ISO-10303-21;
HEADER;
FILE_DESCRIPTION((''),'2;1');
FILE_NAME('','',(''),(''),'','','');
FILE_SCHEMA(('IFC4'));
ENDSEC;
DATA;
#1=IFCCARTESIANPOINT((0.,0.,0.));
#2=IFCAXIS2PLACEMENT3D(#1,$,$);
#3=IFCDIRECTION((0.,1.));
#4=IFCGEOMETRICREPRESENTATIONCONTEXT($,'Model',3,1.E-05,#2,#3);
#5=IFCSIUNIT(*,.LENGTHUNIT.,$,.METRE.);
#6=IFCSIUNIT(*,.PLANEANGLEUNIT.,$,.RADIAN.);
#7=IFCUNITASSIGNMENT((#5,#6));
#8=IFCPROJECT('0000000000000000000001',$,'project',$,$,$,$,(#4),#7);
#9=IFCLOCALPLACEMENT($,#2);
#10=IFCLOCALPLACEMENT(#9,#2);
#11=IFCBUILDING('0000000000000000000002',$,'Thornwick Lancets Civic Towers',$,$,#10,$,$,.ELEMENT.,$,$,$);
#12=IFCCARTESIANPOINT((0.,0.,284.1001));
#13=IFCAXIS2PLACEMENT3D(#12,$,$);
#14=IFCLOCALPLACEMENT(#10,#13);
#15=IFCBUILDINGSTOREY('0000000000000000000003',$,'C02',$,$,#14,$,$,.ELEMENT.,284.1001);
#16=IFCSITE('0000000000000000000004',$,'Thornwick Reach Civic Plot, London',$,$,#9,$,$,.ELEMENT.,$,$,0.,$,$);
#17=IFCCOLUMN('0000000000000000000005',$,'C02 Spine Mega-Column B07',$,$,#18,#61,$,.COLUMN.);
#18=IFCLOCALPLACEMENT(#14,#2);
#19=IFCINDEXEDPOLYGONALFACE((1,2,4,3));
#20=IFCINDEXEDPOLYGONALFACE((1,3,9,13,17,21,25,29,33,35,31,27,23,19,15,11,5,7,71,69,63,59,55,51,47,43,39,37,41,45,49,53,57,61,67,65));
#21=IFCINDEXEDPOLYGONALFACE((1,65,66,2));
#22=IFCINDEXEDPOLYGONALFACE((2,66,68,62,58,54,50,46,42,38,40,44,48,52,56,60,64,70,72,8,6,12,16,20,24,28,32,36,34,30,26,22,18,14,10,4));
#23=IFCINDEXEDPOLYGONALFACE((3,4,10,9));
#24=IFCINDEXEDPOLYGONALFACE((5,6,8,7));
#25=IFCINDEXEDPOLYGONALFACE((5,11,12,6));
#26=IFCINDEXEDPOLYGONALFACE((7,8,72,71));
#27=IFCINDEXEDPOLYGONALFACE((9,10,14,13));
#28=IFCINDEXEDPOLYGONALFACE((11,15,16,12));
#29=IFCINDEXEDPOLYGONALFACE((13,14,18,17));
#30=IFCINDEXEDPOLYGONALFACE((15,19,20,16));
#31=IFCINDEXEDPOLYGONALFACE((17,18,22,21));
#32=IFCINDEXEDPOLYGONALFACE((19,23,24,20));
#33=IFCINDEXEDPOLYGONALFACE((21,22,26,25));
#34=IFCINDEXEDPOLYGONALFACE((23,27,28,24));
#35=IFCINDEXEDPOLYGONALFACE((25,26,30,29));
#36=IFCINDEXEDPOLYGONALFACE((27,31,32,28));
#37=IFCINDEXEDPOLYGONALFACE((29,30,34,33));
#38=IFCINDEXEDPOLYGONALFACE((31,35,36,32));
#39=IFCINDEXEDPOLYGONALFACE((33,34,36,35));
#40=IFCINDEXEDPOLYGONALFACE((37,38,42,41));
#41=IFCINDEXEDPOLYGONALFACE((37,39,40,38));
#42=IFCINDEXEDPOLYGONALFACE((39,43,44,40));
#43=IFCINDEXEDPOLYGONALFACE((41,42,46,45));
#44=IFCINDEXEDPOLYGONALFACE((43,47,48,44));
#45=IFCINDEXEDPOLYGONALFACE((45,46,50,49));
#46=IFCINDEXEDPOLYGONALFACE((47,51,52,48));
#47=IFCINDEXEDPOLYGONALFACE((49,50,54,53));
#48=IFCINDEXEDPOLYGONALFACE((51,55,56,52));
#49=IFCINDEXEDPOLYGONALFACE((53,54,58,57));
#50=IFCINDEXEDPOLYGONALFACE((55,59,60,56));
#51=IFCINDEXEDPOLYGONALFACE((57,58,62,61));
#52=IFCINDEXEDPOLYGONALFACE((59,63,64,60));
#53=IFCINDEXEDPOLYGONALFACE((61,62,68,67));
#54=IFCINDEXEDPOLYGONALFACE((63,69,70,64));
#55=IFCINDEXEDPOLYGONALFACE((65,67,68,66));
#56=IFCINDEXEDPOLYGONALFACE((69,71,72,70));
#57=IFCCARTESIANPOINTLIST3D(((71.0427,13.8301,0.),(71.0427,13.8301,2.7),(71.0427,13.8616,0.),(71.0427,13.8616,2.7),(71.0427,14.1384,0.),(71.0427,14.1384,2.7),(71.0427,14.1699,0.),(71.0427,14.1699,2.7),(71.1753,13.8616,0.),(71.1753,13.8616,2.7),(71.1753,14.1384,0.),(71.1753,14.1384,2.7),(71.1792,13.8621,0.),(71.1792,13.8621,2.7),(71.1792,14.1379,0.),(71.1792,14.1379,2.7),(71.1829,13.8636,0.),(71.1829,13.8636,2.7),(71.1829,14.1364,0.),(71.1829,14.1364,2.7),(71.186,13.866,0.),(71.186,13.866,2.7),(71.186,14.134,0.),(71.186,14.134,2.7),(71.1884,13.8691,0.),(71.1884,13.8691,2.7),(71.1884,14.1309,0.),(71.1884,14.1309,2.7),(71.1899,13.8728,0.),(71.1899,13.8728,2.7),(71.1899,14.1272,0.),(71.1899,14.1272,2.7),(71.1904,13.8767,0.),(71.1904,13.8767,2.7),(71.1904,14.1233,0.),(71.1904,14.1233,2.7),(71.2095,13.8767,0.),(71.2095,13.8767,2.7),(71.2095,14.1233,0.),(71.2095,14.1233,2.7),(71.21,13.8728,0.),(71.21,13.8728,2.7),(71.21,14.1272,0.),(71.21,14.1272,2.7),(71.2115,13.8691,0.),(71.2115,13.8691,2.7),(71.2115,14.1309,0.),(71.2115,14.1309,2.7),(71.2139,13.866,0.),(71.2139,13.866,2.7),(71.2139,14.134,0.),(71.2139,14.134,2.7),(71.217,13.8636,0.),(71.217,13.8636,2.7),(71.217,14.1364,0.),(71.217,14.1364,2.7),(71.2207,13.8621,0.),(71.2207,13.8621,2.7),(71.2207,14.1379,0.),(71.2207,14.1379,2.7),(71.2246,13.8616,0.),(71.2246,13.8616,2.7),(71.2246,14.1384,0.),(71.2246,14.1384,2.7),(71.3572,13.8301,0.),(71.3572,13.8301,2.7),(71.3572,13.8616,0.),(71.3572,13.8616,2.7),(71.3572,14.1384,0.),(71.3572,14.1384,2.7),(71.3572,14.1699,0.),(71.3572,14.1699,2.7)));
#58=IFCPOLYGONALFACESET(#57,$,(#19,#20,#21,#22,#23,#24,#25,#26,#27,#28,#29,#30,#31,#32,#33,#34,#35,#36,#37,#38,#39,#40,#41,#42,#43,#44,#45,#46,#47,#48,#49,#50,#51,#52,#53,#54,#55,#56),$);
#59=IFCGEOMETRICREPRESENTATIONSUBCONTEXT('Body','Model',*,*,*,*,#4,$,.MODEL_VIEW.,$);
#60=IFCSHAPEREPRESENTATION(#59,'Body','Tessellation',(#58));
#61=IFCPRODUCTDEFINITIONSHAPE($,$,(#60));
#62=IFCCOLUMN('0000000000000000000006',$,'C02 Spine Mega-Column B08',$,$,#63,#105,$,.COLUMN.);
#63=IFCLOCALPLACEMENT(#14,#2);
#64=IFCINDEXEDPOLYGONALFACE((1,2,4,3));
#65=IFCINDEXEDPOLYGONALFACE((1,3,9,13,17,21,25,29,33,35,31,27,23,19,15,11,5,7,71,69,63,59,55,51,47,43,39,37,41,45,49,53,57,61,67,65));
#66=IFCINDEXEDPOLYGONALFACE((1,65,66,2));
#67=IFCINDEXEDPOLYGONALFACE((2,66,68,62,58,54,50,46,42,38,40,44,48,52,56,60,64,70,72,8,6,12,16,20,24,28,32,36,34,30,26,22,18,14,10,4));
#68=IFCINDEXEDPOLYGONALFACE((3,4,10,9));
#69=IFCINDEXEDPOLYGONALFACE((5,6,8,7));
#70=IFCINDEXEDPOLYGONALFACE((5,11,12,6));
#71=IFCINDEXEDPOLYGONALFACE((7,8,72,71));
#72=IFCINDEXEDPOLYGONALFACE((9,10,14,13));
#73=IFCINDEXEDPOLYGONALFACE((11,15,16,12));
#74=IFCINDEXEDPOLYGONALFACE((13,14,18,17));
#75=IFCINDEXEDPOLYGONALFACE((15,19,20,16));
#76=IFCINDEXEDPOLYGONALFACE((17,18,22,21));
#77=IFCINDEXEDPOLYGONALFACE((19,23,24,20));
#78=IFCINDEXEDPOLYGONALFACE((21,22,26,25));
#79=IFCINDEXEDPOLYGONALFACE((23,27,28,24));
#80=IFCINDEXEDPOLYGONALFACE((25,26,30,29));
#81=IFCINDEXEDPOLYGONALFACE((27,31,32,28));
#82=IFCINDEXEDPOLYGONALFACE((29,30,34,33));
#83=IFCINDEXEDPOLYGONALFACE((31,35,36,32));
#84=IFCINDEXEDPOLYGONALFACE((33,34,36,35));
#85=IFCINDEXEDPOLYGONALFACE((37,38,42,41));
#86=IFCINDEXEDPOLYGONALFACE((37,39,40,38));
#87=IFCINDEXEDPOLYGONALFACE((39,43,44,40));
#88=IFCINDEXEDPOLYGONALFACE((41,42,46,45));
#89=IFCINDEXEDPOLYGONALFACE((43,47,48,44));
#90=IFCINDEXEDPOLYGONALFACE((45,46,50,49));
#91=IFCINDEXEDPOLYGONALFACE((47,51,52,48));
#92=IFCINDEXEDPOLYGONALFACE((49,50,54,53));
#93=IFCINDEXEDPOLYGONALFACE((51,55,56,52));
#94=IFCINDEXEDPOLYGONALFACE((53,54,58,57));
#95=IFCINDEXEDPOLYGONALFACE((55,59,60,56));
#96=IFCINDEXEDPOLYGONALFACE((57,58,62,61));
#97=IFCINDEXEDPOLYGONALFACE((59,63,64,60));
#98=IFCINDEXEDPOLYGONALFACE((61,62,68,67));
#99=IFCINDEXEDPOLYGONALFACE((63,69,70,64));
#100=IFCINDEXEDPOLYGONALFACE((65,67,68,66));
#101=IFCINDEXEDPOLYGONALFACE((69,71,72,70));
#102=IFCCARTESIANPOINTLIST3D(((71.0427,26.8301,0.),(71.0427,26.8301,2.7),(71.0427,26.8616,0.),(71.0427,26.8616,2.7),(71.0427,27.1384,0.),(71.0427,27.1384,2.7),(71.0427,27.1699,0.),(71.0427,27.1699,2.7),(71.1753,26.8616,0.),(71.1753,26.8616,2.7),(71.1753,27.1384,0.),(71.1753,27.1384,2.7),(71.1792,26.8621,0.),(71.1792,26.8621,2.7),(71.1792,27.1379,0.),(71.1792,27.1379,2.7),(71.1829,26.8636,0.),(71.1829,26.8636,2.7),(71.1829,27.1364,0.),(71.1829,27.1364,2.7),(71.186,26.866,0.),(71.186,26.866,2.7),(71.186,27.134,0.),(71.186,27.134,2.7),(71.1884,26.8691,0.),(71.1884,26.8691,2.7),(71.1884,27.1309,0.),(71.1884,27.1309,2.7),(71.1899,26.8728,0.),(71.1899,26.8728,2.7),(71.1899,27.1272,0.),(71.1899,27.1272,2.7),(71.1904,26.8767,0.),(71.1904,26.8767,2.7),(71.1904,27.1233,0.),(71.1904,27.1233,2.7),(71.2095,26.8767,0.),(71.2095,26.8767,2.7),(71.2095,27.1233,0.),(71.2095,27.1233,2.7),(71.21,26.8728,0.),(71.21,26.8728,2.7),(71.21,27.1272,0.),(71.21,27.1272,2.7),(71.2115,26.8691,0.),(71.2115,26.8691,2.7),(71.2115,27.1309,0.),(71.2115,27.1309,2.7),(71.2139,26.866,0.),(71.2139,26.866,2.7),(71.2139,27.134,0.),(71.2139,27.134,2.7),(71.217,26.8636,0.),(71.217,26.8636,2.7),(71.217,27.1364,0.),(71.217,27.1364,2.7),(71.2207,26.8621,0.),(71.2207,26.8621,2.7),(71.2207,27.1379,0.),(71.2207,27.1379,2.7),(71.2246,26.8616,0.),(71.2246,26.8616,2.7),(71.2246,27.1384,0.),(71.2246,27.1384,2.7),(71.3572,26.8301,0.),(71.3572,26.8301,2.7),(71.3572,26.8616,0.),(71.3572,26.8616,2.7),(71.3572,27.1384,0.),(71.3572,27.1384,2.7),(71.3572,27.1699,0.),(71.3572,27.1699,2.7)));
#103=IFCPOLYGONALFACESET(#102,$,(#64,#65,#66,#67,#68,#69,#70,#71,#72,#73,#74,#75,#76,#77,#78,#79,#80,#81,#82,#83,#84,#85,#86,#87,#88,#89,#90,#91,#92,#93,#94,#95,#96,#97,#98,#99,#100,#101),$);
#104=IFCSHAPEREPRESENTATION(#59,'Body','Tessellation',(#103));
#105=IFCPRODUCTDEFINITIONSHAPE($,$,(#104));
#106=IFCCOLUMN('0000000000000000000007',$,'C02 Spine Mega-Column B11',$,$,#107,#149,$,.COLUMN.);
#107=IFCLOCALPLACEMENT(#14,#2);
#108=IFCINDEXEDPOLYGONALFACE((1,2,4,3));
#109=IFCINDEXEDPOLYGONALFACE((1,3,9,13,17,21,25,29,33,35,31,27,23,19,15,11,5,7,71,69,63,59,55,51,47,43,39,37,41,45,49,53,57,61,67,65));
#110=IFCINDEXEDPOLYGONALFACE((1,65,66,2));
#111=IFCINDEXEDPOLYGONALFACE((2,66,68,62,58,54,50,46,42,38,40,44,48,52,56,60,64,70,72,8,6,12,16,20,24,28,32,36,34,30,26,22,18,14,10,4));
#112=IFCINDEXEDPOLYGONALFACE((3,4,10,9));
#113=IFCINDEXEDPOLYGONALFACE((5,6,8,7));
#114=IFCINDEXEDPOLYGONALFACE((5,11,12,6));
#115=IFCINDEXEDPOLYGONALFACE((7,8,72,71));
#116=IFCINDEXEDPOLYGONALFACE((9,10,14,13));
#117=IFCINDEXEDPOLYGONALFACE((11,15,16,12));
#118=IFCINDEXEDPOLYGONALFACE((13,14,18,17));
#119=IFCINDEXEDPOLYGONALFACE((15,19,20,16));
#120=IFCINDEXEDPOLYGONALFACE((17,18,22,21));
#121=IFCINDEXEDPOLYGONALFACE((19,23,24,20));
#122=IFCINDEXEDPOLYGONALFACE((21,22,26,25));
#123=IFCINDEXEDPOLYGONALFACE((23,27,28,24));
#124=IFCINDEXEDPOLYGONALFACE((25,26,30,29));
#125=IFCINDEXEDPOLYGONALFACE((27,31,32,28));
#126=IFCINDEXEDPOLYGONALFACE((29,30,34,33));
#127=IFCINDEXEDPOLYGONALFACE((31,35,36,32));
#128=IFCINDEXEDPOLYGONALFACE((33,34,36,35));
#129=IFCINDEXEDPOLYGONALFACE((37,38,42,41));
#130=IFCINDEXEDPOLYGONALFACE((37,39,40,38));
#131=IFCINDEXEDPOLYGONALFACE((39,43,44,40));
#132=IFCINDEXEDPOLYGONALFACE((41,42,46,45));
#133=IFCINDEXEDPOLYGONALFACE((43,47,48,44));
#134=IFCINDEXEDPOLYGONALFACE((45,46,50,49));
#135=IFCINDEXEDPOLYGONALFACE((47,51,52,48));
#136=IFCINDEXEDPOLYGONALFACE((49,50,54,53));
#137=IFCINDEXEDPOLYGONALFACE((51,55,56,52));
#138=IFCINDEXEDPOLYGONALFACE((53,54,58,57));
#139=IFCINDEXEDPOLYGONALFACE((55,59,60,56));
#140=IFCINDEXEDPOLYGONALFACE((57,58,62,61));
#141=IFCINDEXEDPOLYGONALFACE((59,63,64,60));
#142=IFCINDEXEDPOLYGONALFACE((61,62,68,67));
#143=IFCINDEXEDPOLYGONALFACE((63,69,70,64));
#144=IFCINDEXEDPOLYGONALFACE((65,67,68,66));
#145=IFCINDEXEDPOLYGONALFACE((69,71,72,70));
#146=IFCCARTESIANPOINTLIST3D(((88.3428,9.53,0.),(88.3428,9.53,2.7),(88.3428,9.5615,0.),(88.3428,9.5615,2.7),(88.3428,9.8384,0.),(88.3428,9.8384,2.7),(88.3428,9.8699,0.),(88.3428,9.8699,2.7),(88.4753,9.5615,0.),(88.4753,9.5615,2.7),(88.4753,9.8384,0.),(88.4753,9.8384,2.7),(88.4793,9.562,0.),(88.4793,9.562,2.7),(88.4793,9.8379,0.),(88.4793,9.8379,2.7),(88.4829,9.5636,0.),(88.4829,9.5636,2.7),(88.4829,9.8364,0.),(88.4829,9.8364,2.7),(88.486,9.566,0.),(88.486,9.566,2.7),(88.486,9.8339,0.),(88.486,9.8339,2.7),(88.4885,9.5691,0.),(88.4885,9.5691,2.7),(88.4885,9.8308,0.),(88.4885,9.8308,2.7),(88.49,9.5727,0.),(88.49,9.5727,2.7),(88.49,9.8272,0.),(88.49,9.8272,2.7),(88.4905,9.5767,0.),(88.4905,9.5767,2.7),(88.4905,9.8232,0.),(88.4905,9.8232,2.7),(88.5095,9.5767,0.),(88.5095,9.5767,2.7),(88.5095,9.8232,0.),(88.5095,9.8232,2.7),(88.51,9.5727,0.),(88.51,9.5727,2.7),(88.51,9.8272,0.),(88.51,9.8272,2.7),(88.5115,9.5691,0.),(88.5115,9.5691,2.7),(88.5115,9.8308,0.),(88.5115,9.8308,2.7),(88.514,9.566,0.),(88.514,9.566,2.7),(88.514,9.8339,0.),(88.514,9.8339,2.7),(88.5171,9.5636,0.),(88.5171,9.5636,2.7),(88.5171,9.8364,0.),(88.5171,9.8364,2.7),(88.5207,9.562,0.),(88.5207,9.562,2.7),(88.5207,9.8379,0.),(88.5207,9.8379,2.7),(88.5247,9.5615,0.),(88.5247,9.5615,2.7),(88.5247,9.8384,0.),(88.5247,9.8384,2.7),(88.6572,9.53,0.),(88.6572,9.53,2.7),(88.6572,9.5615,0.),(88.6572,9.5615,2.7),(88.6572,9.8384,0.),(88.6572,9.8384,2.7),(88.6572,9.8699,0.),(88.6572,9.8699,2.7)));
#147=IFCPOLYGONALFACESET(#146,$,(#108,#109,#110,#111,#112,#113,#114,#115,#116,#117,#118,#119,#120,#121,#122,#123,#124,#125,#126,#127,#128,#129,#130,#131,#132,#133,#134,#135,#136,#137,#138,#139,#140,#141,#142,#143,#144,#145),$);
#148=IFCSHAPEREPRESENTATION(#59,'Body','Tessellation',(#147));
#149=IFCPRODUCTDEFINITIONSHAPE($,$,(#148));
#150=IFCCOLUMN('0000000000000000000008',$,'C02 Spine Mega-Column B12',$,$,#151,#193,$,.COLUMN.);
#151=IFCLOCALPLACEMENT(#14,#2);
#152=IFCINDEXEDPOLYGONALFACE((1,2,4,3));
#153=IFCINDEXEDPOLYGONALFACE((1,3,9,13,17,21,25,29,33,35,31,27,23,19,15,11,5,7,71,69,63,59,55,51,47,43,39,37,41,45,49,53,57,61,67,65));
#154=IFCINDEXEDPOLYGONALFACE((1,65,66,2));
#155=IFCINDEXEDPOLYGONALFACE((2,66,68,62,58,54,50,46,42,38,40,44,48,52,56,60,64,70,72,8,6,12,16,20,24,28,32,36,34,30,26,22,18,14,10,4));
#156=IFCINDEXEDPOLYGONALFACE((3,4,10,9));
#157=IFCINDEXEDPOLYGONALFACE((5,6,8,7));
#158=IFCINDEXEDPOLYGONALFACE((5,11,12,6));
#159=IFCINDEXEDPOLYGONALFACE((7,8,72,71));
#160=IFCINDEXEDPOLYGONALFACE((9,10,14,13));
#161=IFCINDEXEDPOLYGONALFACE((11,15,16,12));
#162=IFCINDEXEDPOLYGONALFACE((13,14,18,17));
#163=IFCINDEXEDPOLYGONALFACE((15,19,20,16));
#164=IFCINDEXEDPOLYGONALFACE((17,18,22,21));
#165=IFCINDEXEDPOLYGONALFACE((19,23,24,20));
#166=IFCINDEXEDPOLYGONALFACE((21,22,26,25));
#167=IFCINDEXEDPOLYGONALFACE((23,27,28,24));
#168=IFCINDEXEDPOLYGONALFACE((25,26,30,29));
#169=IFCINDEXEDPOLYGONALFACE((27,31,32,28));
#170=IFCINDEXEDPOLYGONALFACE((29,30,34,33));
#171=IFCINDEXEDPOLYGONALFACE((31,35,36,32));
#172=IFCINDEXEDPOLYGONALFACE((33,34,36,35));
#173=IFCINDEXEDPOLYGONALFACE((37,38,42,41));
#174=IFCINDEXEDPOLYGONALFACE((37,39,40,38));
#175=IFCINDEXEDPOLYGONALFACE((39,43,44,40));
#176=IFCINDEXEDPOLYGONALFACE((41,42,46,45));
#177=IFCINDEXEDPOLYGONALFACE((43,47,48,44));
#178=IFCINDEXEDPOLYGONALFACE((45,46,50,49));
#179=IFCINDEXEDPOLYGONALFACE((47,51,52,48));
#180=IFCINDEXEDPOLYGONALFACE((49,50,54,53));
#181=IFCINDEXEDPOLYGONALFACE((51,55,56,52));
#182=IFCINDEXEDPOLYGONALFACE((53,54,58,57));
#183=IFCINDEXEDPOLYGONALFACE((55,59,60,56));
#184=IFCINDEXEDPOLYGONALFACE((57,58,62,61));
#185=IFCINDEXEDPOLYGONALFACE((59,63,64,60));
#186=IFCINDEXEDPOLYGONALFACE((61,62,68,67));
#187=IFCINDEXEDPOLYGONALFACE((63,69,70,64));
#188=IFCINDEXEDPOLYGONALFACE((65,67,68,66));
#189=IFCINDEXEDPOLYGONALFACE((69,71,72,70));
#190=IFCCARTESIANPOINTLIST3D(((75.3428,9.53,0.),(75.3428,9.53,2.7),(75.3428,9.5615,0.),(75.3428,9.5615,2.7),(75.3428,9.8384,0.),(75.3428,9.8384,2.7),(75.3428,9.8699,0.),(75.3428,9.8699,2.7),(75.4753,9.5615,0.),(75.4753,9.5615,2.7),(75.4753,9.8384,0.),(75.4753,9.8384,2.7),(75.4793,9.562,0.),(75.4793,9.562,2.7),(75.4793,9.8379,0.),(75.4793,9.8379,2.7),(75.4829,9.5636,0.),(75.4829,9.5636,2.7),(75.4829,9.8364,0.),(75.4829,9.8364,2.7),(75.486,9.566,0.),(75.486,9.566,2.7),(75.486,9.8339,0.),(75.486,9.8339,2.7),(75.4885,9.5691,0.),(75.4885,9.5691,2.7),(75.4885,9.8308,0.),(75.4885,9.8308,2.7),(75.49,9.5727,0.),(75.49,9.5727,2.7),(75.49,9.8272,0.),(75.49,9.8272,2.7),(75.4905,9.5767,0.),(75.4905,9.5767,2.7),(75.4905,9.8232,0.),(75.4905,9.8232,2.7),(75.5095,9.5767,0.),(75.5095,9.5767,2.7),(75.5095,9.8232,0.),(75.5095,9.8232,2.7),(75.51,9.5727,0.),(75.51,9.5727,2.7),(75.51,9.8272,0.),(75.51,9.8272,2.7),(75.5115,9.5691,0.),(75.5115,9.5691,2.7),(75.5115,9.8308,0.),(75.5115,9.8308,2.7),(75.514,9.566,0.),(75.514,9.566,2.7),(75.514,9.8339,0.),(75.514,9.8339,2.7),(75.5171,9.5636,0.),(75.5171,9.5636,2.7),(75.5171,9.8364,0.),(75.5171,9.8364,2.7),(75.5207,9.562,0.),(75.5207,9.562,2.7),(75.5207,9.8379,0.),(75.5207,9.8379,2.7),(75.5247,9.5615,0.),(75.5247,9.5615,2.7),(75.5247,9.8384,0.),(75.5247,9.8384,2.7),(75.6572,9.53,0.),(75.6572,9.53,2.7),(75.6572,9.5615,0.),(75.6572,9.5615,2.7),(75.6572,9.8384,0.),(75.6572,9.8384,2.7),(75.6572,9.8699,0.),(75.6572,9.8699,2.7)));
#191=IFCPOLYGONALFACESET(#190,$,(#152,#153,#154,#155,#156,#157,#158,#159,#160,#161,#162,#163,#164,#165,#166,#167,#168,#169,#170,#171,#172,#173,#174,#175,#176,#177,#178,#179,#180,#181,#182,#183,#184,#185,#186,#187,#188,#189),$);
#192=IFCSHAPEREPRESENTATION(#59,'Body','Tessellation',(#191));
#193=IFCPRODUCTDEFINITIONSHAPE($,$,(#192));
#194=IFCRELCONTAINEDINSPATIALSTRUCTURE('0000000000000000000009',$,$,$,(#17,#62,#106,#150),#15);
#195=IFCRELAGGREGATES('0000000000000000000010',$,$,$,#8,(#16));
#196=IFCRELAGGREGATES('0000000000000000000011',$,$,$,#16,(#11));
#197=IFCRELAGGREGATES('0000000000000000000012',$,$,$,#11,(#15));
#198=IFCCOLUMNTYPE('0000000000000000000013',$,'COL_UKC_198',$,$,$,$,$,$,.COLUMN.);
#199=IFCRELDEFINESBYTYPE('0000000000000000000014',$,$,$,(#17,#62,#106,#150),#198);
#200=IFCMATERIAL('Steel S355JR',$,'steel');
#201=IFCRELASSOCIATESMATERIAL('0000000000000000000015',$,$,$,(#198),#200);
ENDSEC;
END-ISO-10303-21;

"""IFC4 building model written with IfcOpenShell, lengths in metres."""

from ifc_helpers import new_model, si_unit, direction, frame, origin, origin_2d, place, context, subcontext, project, spatial, i_section, extrude, material, material_profile, profile_set, type_object, element, save


model = new_model("IFC4")

# Units and contexts
model_context = context("Model", 3, precision=1e-05, world=origin(), true_north=direction((0.0, 1.0)))
body_context = subcontext(model_context, "Body", "Model", "MODEL_VIEW")
ifc_project = project(units=[si_unit("LENGTHUNIT", "METRE"), si_unit("PLANEANGLEUNIT", "RADIAN")], contexts=[model_context])

# Site, building, storey
site_placement = place(None, origin())
site = spatial("IfcSite", under=ifc_project, at=site_placement, Name="Thornwick Reach Civic Plot, London", CompositionType="ELEMENT", RefElevation=0.0)
building_placement = place(site_placement, origin())
building = spatial("IfcBuilding", under=site, at=building_placement, Name="Thornwick Lancets Civic Towers", CompositionType="ELEMENT")
storey_placement = place(building_placement, frame((0.0, 0.0, 284.1001)))
storey = spatial("IfcBuildingStorey", under=building, at=storey_placement, Name="C02", CompositionType="ELEMENT", Elevation=284.1001)

# Columns
ifc_material_1 = material(Name="Steel S355JR", Category="steel")
ifc_material_profile_1 = material_profile(ifc_material_1, i_section(OverallWidth=0.3145, OverallDepth=0.3398, WebThickness=0.019, FlangeThickness=0.0315, FilletRadius=0.0151, at=origin_2d()), Name="UKC 305x305x198")
ifc_profile_set_1 = profile_set([ifc_material_profile_1], Name="Steel S355JR")
column_type = type_object("IfcColumnType", Name="COL_UKC_198", PredefinedType="COLUMN", material=ifc_profile_set_1)
for number, where, z_axis, x_axis, name in (
    (1, (71.2, 14.0, 0.0), (0.0, 0.0, 1.0), (1.0, 0.0, 0.0), "C02 Spine Mega-Column B07"),
    (2, (71.2, 27.0, 0.0), (0.0, 0.0, 1.0), (1.0, 0.0, 0.0), "C02 Spine Mega-Column B08"),
    (3, (88.5, 9.7, 0.0), (0.0, 0.0, 1.0), (1.0, 0.0, 0.0), "C02 Spine Mega-Column B11"),
    (4, (75.5, 9.7, 0.0), (0.0, 0.0, 1.0), (1.0, 0.0, 0.0), "C02 Spine Mega-Column B12"),
):
    element("IfcColumn", number, at=place(storey_placement, frame(where, z_axis=z_axis, x_axis=x_axis)), inside=storey, type_object=column_type, Name=name, PredefinedType="COLUMN", context=body_context, shape_type="SweptSolid", body=[
        extrude(i_section(OverallWidth=0.3145, OverallDepth=0.3398, WebThickness=0.019, FlangeThickness=0.0315, FilletRadius=0.0151, at=origin_2d()), origin(), (0.0, 0.0, 1.0), 2.7),
    ])

save(model, "model.ifc")
